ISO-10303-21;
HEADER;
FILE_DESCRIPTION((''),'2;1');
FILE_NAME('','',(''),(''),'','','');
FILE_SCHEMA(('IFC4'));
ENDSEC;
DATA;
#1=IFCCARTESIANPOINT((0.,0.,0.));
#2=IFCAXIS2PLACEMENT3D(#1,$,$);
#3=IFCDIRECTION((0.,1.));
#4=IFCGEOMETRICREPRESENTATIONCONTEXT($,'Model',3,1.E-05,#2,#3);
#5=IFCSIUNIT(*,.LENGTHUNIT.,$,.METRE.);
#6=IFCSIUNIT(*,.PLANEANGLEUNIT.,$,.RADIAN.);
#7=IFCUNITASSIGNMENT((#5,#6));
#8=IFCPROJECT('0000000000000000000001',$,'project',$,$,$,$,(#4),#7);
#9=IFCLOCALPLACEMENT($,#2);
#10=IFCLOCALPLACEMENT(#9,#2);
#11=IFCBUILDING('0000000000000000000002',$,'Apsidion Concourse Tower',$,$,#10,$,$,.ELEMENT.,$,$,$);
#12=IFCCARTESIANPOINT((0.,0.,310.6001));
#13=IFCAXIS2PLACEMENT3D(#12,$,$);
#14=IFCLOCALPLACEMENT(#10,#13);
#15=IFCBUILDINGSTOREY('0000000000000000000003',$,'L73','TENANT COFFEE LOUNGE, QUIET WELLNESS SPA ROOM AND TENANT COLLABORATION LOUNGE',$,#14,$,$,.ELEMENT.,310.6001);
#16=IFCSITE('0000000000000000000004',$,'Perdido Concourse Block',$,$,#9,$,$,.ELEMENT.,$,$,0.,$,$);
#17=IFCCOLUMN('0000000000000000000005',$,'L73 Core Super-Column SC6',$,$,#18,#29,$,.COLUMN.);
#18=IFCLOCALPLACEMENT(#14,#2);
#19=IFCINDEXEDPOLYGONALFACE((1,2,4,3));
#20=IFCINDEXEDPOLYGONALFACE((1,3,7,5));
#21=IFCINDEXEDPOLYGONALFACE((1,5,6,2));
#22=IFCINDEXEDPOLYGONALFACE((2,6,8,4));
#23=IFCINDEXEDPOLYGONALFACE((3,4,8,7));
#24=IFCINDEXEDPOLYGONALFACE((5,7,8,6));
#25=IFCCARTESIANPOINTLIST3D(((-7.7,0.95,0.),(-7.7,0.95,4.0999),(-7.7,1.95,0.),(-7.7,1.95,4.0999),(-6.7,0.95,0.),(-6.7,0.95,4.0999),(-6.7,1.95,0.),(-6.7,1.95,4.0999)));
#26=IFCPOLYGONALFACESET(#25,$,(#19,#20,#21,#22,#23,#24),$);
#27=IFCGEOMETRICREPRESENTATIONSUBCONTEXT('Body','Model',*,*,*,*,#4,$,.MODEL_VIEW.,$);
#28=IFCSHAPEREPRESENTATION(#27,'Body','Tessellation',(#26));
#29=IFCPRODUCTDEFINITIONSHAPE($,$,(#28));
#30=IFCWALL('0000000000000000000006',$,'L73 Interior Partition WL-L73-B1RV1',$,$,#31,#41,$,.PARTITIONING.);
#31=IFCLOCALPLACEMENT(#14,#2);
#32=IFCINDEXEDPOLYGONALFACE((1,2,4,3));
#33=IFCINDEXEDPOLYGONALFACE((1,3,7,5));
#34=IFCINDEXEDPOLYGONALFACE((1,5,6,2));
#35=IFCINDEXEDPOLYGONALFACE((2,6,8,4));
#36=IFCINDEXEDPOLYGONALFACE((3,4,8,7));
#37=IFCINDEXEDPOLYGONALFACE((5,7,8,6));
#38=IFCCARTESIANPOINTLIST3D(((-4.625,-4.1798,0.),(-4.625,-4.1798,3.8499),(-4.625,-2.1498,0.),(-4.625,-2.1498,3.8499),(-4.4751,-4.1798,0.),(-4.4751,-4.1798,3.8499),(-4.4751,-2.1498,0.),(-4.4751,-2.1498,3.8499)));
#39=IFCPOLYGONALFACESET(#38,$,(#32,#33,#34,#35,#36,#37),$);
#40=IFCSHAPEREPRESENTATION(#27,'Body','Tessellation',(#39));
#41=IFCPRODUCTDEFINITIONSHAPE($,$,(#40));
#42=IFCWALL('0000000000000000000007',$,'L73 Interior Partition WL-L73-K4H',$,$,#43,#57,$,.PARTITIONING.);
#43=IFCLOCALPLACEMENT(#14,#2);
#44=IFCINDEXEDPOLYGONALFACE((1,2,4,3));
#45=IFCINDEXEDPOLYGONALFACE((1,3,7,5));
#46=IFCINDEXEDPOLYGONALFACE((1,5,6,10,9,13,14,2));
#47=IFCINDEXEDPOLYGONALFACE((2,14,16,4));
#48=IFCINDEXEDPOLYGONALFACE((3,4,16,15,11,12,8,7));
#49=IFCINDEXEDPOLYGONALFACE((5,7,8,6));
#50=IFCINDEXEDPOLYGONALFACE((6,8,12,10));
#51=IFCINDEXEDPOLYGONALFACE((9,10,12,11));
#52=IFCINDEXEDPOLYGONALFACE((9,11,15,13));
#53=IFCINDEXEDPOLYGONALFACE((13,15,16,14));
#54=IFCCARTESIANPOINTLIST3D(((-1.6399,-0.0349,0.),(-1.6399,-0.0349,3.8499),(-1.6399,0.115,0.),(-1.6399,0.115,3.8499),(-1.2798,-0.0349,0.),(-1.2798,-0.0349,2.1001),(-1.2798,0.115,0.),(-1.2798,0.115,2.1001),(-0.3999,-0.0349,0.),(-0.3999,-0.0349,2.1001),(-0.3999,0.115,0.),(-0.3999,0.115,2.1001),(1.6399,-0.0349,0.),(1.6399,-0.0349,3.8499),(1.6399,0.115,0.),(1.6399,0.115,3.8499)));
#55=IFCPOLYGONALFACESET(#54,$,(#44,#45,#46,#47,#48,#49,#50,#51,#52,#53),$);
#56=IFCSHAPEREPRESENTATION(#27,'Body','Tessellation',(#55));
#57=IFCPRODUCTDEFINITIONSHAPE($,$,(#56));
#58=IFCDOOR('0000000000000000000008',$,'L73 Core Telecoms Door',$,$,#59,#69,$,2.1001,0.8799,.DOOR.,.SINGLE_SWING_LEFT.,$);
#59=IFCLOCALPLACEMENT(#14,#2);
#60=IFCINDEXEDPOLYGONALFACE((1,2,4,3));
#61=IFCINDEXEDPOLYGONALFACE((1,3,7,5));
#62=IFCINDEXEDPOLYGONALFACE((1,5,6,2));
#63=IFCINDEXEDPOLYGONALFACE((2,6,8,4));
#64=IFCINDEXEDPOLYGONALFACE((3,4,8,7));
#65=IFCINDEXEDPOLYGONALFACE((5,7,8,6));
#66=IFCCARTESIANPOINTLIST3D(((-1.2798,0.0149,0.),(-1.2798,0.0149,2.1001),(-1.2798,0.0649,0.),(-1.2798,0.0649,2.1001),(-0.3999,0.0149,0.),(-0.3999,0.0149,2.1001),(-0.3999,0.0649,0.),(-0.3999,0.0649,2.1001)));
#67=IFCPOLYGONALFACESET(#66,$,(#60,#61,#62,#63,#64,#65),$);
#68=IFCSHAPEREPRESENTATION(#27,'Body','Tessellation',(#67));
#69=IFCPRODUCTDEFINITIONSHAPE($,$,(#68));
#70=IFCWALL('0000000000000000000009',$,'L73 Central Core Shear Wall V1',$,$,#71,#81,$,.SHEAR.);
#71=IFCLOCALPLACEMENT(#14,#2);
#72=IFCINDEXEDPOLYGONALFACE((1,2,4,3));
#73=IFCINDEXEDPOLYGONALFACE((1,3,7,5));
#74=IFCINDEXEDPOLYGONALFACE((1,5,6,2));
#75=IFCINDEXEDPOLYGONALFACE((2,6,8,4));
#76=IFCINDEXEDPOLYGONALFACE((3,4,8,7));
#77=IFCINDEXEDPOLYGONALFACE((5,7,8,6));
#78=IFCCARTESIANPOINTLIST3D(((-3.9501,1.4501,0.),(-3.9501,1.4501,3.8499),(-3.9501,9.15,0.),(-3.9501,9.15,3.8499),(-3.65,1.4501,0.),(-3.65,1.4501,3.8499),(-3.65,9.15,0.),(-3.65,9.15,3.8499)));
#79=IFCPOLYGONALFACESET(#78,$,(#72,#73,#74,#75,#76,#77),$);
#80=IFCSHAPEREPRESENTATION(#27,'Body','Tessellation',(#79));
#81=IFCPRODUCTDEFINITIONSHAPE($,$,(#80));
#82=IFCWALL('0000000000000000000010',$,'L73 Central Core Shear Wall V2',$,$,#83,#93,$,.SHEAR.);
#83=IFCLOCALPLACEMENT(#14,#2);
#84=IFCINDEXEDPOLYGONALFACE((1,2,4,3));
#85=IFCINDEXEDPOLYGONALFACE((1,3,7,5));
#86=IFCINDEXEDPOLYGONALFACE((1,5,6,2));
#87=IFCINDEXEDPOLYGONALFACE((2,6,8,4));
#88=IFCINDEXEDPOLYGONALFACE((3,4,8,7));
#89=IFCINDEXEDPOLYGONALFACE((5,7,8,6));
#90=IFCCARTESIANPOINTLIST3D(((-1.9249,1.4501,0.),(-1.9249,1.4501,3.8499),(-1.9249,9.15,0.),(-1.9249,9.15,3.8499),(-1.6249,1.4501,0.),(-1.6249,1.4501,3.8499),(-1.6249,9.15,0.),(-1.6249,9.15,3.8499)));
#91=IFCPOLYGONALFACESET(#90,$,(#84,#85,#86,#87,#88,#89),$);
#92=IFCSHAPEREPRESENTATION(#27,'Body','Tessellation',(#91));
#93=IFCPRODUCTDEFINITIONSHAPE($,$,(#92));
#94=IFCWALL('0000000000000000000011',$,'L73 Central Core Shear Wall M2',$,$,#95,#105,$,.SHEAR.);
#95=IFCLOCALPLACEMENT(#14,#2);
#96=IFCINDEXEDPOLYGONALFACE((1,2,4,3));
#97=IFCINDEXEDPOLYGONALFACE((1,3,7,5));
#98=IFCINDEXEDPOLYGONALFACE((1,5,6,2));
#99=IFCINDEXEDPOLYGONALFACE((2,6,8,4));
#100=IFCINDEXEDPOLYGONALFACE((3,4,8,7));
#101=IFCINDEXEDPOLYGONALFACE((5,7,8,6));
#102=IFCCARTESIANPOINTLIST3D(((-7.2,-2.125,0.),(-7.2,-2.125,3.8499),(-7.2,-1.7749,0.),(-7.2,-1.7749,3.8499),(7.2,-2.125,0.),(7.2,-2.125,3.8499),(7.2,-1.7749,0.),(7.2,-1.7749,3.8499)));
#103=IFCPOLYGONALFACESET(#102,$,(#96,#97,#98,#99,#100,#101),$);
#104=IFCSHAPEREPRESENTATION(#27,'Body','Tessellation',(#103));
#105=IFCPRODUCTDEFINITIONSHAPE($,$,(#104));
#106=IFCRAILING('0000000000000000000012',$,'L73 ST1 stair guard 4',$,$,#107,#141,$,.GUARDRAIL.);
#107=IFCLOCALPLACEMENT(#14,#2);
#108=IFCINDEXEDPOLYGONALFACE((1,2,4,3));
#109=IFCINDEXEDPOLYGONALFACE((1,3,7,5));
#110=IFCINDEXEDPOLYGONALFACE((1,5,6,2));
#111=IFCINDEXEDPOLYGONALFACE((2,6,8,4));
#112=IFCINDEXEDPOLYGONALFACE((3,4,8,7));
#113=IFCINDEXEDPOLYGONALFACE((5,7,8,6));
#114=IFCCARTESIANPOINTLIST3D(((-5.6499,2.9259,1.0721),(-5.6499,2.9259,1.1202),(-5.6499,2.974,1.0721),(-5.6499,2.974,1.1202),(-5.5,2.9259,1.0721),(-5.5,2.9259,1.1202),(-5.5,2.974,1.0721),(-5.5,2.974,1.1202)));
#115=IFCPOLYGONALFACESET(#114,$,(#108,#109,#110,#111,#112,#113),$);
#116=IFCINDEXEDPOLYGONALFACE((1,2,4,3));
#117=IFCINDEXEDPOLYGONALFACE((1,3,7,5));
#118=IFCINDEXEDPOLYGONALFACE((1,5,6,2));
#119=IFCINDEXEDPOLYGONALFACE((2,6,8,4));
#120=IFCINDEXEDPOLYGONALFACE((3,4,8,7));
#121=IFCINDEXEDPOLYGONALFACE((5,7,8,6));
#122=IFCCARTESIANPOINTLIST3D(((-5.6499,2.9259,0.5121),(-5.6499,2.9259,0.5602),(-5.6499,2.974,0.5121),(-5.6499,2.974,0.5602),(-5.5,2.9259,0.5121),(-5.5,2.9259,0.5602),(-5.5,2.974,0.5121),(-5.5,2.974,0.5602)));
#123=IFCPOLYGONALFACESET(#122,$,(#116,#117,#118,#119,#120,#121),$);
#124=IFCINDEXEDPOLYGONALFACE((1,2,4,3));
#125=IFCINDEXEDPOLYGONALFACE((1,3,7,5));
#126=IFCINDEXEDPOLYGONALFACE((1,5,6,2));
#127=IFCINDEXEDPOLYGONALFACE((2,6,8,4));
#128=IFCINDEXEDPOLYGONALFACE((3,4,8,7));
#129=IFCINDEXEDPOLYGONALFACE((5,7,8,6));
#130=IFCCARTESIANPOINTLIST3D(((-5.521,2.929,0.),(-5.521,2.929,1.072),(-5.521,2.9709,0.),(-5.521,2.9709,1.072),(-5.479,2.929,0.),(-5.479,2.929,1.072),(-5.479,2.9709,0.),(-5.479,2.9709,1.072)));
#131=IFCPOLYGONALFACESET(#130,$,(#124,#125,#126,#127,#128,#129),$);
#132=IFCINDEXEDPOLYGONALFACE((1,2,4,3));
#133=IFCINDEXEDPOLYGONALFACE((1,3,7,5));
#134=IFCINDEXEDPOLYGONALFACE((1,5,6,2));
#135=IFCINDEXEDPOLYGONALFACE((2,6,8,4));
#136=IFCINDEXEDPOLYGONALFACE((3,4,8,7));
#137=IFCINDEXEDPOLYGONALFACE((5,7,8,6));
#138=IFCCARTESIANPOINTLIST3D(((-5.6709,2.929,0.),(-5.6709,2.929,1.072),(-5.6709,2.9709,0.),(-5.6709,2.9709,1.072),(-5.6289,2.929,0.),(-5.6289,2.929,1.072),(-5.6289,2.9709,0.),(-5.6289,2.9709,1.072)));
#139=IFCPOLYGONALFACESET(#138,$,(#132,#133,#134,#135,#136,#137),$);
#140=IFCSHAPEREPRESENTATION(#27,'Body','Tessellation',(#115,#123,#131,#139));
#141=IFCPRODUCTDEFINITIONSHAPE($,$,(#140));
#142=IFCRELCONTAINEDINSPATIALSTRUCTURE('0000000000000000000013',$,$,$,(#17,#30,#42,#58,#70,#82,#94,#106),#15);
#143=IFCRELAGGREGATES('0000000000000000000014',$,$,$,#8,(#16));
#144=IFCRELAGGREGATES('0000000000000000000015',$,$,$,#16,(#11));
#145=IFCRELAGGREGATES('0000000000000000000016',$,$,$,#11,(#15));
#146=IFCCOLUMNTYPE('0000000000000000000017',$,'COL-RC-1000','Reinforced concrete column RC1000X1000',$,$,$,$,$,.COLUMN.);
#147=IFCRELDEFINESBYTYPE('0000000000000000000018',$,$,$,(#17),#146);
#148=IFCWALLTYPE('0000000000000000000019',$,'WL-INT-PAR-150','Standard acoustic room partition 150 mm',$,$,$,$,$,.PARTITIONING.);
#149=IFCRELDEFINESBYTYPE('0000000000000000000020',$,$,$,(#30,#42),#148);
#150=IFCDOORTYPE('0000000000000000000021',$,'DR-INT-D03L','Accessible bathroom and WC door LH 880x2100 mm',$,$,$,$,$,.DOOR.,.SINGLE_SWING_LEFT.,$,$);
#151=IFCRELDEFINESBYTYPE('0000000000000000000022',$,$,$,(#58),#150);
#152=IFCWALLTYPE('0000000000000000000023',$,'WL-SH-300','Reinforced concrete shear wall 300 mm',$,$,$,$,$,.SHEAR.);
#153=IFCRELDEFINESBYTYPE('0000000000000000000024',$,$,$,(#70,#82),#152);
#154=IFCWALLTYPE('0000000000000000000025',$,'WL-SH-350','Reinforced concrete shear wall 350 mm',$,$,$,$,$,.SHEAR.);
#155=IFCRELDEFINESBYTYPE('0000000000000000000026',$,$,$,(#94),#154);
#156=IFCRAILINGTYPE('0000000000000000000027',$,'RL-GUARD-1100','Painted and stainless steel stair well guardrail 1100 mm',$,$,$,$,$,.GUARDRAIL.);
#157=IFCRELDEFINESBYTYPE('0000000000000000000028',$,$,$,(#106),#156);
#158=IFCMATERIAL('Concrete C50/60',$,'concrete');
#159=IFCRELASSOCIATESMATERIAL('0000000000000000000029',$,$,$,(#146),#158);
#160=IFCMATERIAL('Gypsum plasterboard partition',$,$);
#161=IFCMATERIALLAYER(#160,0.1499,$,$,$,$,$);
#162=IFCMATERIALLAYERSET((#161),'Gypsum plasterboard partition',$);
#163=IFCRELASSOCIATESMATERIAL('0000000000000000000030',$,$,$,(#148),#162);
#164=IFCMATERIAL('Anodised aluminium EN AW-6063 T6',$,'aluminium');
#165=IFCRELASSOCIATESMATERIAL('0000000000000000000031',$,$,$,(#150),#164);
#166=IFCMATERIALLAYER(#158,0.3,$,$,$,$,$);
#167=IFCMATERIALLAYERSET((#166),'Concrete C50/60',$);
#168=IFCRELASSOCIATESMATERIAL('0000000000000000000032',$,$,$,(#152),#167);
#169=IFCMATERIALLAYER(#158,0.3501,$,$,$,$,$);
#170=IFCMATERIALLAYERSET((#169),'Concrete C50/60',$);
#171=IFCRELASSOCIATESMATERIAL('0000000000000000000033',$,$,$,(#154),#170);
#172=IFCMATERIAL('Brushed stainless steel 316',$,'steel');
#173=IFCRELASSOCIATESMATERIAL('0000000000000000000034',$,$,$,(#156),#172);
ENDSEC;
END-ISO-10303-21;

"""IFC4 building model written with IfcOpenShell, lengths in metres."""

from ifc_helpers import new_model, si_unit, direction, frame, frame_2d, origin, origin_2d, place, context, subcontext, project, spatial, rectangle, extrude, material, layer, layer_set, material_profile, profile_set, type_object, element, fill, save


model = new_model("IFC4")

# Units and contexts
model_context = context("Model", 3, precision=1e-05, world=origin(), true_north=direction((0.0, 1.0)))
body_context = subcontext(model_context, "Body", "Model", "MODEL_VIEW")
ifc_project = project(units=[si_unit("LENGTHUNIT", "METRE"), si_unit("PLANEANGLEUNIT", "RADIAN")], contexts=[model_context])

# Site, building, storey
site_placement = place(None, origin())
site = spatial("IfcSite", under=ifc_project, at=site_placement, Name="Perdido Concourse Block", CompositionType="ELEMENT", RefElevation=0.0)
building_placement = place(site_placement, origin())
building = spatial("IfcBuilding", under=site, at=building_placement, Name="Apsidion Concourse Tower", CompositionType="ELEMENT")
storey_placement = place(building_placement, frame((0.0, 0.0, 310.6001)))
storey = spatial("IfcBuildingStorey", under=building, at=storey_placement, Name="L73", Description="TENANT COFFEE LOUNGE, QUIET WELLNESS SPA ROOM AND TENANT COLLABORATION LOUNGE", CompositionType="ELEMENT", Elevation=310.6001)

# Column
ifc_material_1 = material(Name="Concrete C50/60", Category="concrete")
ifc_material_profile = material_profile(ifc_material_1, rectangle(XDim=1.0, YDim=1.0, at=origin_2d()), Name="RC 1000x1000")
ifc_profile_set = profile_set([ifc_material_profile], Name="Concrete C50/60")
column_type = type_object("IfcColumnType", Name="COL-RC-1000", Description="Reinforced concrete column RC1000X1000", PredefinedType="COLUMN", material=ifc_profile_set)
column_placement = place(storey_placement, frame((-7.2, 1.45, 0.0), z_axis=(0.0, 0.0, 1.0), x_axis=(1.0, 0.0, 0.0)))
element("IfcColumn", 1, at=column_placement, inside=storey, type_object=column_type, Name="L73 Core Super-Column SC6", PredefinedType="COLUMN", context=body_context, shape_type="SweptSolid", body=[
    extrude(rectangle(XDim=1.0, YDim=1.0, at=origin_2d()), origin(), (0.0, 0.0, 1.0), 4.0999),
])

# Wall
ifc_material_2 = material(Name="Gypsum plasterboard partition")
ifc_layer_1 = layer(ifc_material_2, 0.1499)
ifc_layer_set_1 = layer_set([ifc_layer_1], Name="Gypsum plasterboard partition")
wall_type_1 = type_object("IfcWallType", Name="WL-INT-PAR-150", Description="Standard acoustic room partition 150 mm", PredefinedType="PARTITIONING", material=ifc_layer_set_1)
wall_1_placement = place(storey_placement, frame((-4.55, -4.1799, 0.0), z_axis=(0.0, 0.0, 1.0), x_axis=(0.0, 1.0, 0.0)))
element("IfcWall", 2, at=wall_1_placement, inside=storey, type_object=wall_type_1, Name="L73 Interior Partition WL-L73-B1RV1", PredefinedType="PARTITIONING", context=body_context, shape_type="SweptSolid", body=[
    extrude(rectangle(XDim=2.03, YDim=0.1499, at=frame_2d((1.0151, 0.0))), origin(), (0.0, 0.0, 1.0), 3.8499),
])

# Wall, opening, door
wall_2_placement = place(storey_placement, frame((-1.6399, 0.04, 0.0), z_axis=(0.0, 0.0, 1.0), x_axis=(1.0, 0.0, 0.0)))
wall_2 = element("IfcWall", 3, at=wall_2_placement, inside=storey, type_object=wall_type_1, Name="L73 Interior Partition WL-L73-K4H", PredefinedType="PARTITIONING", context=body_context, shape_type="SweptSolid", body=[
    extrude(rectangle(XDim=3.2798, YDim=0.1499, at=frame_2d((1.6399, 0.0))), origin(), (0.0, 0.0, 1.0), 3.8499),
])
opening_1_placement = place(wall_2_placement, frame((0.3601, 0.0, 0.0)))
opening_1 = element("IfcOpeningElement", 4, at=opening_1_placement, cuts=wall_2, PredefinedType="OPENING", context=body_context, shape_type="SweptSolid", body=[
    extrude(rectangle(XDim=0.8799, YDim=2.1001, at=frame_2d((0.4399, 1.05))), frame((0.0, 0.085, 0.0), z_axis=(0.0, -1.0, 0.0), x_axis=(1.0, 0.0, 0.0)), (0.0, 0.0, 1.0), 0.1699),
])
ifc_material_3 = material(Name="Anodised aluminium EN AW-6063 T6", Category="aluminium")
door_type_1 = type_object("IfcDoorType", Name="DR-INT-D03L", Description="Accessible bathroom and WC door LH 880x2100 mm", OperationType="SINGLE_SWING_LEFT", PredefinedType="DOOR", material=ifc_material_3)
door_1_placement = place(opening_1_placement, origin())
door_1 = element("IfcDoor", 5, at=door_1_placement, inside=storey, type_object=door_type_1, Name="L73 Core Telecoms Door", OperationType="SINGLE_SWING_LEFT", OverallHeight=2.1001, OverallWidth=0.8799, PredefinedType="DOOR", context=body_context, shape_type="SweptSolid", body=[
    extrude(rectangle(XDim=0.8799, YDim=2.1001, at=frame_2d((0.4399, 1.05))), frame((0.0, 0.0249, 0.0), z_axis=(0.0, -1.0, 0.0), x_axis=(1.0, 0.0, 0.0)), (0.0, 0.0, 1.0), 0.05),
])
fill(opening_1, door_1)
ifc_material_4 = material(Name="Brushed stainless steel 316", Category="steel")

# Walls
ifc_layer_2 = layer(ifc_material_1, 0.3)
ifc_layer_set_2 = layer_set([ifc_layer_2], Name="Concrete C50/60")
wall_type_2 = type_object("IfcWallType", Name="WL-SH-300", Description="Reinforced concrete shear wall 300 mm", PredefinedType="SHEAR", material=ifc_layer_set_2)
for number, where, z_axis, x_axis, name in (
    (6, (-3.8, 1.45, 0.0), (0.0, 0.0, 1.0), (0.0, 1.0, 0.0), "L73 Central Core Shear Wall V1"),
    (7, (-1.7749, 1.45, 0.0), (0.0, 0.0, 1.0), (0.0, 1.0, 0.0), "L73 Central Core Shear Wall V2"),
):
    element("IfcWall", number, at=place(storey_placement, frame(where, z_axis=z_axis, x_axis=x_axis)), inside=storey, type_object=wall_type_2, Name=name, PredefinedType="SHEAR", context=body_context, shape_type="SweptSolid", body=[
        extrude(rectangle(XDim=7.7, YDim=0.3, at=frame_2d((3.8501, 0.0))), origin(), (0.0, 0.0, 1.0), 3.8499),
    ])

# Shared definitions
ifc_layer_3 = layer(ifc_material_1, 0.3501)
ifc_layer_set_3 = layer_set([ifc_layer_3], Name="Concrete C50/60")
wall_type_3 = type_object("IfcWallType", Name="WL-SH-350", Description="Reinforced concrete shear wall 350 mm", PredefinedType="SHEAR", material=ifc_layer_set_3)

# Wall
wall_3_placement = place(storey_placement, frame((-7.2, -1.95, 0.0), z_axis=(0.0, 0.0, 1.0), x_axis=(1.0, 0.0, 0.0)))
element("IfcWall", 8, at=wall_3_placement, inside=storey, type_object=wall_type_3, Name="L73 Central Core Shear Wall M2", PredefinedType="SHEAR", context=body_context, shape_type="SweptSolid", body=[
    extrude(rectangle(XDim=14.3999, YDim=0.3501, at=frame_2d((7.2, 0.0))), origin(), (0.0, 0.0, 1.0), 3.8499),
])

# Railing
railing_type = type_object("IfcRailingType", Name="RL-GUARD-1100", Description="Painted and stainless steel stair well guardrail 1100 mm", PredefinedType="GUARDRAIL", material=ifc_material_4)
railing_placement = place(storey_placement, frame((-5.5, 2.95, 0.0)))
element("IfcRailing", 9, at=railing_placement, inside=storey, type_object=railing_type, Name="L73 ST1 stair guard 4", PredefinedType="GUARDRAIL", context=body_context, shape_type="SweptSolid", body=[
    extrude(rectangle(XDim=0.0481, YDim=0.0481, at=origin_2d()), frame((0.0, 0.0, 1.0962), z_axis=(-1.0, 0.0, 0.0), x_axis=(0.0, -1.0, 0.0)), (0.0, 0.0, 1.0), 0.1499),
    extrude(rectangle(XDim=0.0481, YDim=0.0481, at=origin_2d()), frame((0.0, 0.0, 0.5361), z_axis=(-1.0, 0.0, 0.0), x_axis=(0.0, -1.0, 0.0)), (0.0, 0.0, 1.0), 0.1499),
    extrude(rectangle(XDim=0.042, YDim=0.042, at=origin_2d()), origin(), (0.0, 0.0, 1.0), 1.072),
    extrude(rectangle(XDim=0.042, YDim=0.042, at=origin_2d()), frame((-0.1499, 0.0, 0.0)), (0.0, 0.0, 1.0), 1.072),
])

save(model, "model.ifc")
